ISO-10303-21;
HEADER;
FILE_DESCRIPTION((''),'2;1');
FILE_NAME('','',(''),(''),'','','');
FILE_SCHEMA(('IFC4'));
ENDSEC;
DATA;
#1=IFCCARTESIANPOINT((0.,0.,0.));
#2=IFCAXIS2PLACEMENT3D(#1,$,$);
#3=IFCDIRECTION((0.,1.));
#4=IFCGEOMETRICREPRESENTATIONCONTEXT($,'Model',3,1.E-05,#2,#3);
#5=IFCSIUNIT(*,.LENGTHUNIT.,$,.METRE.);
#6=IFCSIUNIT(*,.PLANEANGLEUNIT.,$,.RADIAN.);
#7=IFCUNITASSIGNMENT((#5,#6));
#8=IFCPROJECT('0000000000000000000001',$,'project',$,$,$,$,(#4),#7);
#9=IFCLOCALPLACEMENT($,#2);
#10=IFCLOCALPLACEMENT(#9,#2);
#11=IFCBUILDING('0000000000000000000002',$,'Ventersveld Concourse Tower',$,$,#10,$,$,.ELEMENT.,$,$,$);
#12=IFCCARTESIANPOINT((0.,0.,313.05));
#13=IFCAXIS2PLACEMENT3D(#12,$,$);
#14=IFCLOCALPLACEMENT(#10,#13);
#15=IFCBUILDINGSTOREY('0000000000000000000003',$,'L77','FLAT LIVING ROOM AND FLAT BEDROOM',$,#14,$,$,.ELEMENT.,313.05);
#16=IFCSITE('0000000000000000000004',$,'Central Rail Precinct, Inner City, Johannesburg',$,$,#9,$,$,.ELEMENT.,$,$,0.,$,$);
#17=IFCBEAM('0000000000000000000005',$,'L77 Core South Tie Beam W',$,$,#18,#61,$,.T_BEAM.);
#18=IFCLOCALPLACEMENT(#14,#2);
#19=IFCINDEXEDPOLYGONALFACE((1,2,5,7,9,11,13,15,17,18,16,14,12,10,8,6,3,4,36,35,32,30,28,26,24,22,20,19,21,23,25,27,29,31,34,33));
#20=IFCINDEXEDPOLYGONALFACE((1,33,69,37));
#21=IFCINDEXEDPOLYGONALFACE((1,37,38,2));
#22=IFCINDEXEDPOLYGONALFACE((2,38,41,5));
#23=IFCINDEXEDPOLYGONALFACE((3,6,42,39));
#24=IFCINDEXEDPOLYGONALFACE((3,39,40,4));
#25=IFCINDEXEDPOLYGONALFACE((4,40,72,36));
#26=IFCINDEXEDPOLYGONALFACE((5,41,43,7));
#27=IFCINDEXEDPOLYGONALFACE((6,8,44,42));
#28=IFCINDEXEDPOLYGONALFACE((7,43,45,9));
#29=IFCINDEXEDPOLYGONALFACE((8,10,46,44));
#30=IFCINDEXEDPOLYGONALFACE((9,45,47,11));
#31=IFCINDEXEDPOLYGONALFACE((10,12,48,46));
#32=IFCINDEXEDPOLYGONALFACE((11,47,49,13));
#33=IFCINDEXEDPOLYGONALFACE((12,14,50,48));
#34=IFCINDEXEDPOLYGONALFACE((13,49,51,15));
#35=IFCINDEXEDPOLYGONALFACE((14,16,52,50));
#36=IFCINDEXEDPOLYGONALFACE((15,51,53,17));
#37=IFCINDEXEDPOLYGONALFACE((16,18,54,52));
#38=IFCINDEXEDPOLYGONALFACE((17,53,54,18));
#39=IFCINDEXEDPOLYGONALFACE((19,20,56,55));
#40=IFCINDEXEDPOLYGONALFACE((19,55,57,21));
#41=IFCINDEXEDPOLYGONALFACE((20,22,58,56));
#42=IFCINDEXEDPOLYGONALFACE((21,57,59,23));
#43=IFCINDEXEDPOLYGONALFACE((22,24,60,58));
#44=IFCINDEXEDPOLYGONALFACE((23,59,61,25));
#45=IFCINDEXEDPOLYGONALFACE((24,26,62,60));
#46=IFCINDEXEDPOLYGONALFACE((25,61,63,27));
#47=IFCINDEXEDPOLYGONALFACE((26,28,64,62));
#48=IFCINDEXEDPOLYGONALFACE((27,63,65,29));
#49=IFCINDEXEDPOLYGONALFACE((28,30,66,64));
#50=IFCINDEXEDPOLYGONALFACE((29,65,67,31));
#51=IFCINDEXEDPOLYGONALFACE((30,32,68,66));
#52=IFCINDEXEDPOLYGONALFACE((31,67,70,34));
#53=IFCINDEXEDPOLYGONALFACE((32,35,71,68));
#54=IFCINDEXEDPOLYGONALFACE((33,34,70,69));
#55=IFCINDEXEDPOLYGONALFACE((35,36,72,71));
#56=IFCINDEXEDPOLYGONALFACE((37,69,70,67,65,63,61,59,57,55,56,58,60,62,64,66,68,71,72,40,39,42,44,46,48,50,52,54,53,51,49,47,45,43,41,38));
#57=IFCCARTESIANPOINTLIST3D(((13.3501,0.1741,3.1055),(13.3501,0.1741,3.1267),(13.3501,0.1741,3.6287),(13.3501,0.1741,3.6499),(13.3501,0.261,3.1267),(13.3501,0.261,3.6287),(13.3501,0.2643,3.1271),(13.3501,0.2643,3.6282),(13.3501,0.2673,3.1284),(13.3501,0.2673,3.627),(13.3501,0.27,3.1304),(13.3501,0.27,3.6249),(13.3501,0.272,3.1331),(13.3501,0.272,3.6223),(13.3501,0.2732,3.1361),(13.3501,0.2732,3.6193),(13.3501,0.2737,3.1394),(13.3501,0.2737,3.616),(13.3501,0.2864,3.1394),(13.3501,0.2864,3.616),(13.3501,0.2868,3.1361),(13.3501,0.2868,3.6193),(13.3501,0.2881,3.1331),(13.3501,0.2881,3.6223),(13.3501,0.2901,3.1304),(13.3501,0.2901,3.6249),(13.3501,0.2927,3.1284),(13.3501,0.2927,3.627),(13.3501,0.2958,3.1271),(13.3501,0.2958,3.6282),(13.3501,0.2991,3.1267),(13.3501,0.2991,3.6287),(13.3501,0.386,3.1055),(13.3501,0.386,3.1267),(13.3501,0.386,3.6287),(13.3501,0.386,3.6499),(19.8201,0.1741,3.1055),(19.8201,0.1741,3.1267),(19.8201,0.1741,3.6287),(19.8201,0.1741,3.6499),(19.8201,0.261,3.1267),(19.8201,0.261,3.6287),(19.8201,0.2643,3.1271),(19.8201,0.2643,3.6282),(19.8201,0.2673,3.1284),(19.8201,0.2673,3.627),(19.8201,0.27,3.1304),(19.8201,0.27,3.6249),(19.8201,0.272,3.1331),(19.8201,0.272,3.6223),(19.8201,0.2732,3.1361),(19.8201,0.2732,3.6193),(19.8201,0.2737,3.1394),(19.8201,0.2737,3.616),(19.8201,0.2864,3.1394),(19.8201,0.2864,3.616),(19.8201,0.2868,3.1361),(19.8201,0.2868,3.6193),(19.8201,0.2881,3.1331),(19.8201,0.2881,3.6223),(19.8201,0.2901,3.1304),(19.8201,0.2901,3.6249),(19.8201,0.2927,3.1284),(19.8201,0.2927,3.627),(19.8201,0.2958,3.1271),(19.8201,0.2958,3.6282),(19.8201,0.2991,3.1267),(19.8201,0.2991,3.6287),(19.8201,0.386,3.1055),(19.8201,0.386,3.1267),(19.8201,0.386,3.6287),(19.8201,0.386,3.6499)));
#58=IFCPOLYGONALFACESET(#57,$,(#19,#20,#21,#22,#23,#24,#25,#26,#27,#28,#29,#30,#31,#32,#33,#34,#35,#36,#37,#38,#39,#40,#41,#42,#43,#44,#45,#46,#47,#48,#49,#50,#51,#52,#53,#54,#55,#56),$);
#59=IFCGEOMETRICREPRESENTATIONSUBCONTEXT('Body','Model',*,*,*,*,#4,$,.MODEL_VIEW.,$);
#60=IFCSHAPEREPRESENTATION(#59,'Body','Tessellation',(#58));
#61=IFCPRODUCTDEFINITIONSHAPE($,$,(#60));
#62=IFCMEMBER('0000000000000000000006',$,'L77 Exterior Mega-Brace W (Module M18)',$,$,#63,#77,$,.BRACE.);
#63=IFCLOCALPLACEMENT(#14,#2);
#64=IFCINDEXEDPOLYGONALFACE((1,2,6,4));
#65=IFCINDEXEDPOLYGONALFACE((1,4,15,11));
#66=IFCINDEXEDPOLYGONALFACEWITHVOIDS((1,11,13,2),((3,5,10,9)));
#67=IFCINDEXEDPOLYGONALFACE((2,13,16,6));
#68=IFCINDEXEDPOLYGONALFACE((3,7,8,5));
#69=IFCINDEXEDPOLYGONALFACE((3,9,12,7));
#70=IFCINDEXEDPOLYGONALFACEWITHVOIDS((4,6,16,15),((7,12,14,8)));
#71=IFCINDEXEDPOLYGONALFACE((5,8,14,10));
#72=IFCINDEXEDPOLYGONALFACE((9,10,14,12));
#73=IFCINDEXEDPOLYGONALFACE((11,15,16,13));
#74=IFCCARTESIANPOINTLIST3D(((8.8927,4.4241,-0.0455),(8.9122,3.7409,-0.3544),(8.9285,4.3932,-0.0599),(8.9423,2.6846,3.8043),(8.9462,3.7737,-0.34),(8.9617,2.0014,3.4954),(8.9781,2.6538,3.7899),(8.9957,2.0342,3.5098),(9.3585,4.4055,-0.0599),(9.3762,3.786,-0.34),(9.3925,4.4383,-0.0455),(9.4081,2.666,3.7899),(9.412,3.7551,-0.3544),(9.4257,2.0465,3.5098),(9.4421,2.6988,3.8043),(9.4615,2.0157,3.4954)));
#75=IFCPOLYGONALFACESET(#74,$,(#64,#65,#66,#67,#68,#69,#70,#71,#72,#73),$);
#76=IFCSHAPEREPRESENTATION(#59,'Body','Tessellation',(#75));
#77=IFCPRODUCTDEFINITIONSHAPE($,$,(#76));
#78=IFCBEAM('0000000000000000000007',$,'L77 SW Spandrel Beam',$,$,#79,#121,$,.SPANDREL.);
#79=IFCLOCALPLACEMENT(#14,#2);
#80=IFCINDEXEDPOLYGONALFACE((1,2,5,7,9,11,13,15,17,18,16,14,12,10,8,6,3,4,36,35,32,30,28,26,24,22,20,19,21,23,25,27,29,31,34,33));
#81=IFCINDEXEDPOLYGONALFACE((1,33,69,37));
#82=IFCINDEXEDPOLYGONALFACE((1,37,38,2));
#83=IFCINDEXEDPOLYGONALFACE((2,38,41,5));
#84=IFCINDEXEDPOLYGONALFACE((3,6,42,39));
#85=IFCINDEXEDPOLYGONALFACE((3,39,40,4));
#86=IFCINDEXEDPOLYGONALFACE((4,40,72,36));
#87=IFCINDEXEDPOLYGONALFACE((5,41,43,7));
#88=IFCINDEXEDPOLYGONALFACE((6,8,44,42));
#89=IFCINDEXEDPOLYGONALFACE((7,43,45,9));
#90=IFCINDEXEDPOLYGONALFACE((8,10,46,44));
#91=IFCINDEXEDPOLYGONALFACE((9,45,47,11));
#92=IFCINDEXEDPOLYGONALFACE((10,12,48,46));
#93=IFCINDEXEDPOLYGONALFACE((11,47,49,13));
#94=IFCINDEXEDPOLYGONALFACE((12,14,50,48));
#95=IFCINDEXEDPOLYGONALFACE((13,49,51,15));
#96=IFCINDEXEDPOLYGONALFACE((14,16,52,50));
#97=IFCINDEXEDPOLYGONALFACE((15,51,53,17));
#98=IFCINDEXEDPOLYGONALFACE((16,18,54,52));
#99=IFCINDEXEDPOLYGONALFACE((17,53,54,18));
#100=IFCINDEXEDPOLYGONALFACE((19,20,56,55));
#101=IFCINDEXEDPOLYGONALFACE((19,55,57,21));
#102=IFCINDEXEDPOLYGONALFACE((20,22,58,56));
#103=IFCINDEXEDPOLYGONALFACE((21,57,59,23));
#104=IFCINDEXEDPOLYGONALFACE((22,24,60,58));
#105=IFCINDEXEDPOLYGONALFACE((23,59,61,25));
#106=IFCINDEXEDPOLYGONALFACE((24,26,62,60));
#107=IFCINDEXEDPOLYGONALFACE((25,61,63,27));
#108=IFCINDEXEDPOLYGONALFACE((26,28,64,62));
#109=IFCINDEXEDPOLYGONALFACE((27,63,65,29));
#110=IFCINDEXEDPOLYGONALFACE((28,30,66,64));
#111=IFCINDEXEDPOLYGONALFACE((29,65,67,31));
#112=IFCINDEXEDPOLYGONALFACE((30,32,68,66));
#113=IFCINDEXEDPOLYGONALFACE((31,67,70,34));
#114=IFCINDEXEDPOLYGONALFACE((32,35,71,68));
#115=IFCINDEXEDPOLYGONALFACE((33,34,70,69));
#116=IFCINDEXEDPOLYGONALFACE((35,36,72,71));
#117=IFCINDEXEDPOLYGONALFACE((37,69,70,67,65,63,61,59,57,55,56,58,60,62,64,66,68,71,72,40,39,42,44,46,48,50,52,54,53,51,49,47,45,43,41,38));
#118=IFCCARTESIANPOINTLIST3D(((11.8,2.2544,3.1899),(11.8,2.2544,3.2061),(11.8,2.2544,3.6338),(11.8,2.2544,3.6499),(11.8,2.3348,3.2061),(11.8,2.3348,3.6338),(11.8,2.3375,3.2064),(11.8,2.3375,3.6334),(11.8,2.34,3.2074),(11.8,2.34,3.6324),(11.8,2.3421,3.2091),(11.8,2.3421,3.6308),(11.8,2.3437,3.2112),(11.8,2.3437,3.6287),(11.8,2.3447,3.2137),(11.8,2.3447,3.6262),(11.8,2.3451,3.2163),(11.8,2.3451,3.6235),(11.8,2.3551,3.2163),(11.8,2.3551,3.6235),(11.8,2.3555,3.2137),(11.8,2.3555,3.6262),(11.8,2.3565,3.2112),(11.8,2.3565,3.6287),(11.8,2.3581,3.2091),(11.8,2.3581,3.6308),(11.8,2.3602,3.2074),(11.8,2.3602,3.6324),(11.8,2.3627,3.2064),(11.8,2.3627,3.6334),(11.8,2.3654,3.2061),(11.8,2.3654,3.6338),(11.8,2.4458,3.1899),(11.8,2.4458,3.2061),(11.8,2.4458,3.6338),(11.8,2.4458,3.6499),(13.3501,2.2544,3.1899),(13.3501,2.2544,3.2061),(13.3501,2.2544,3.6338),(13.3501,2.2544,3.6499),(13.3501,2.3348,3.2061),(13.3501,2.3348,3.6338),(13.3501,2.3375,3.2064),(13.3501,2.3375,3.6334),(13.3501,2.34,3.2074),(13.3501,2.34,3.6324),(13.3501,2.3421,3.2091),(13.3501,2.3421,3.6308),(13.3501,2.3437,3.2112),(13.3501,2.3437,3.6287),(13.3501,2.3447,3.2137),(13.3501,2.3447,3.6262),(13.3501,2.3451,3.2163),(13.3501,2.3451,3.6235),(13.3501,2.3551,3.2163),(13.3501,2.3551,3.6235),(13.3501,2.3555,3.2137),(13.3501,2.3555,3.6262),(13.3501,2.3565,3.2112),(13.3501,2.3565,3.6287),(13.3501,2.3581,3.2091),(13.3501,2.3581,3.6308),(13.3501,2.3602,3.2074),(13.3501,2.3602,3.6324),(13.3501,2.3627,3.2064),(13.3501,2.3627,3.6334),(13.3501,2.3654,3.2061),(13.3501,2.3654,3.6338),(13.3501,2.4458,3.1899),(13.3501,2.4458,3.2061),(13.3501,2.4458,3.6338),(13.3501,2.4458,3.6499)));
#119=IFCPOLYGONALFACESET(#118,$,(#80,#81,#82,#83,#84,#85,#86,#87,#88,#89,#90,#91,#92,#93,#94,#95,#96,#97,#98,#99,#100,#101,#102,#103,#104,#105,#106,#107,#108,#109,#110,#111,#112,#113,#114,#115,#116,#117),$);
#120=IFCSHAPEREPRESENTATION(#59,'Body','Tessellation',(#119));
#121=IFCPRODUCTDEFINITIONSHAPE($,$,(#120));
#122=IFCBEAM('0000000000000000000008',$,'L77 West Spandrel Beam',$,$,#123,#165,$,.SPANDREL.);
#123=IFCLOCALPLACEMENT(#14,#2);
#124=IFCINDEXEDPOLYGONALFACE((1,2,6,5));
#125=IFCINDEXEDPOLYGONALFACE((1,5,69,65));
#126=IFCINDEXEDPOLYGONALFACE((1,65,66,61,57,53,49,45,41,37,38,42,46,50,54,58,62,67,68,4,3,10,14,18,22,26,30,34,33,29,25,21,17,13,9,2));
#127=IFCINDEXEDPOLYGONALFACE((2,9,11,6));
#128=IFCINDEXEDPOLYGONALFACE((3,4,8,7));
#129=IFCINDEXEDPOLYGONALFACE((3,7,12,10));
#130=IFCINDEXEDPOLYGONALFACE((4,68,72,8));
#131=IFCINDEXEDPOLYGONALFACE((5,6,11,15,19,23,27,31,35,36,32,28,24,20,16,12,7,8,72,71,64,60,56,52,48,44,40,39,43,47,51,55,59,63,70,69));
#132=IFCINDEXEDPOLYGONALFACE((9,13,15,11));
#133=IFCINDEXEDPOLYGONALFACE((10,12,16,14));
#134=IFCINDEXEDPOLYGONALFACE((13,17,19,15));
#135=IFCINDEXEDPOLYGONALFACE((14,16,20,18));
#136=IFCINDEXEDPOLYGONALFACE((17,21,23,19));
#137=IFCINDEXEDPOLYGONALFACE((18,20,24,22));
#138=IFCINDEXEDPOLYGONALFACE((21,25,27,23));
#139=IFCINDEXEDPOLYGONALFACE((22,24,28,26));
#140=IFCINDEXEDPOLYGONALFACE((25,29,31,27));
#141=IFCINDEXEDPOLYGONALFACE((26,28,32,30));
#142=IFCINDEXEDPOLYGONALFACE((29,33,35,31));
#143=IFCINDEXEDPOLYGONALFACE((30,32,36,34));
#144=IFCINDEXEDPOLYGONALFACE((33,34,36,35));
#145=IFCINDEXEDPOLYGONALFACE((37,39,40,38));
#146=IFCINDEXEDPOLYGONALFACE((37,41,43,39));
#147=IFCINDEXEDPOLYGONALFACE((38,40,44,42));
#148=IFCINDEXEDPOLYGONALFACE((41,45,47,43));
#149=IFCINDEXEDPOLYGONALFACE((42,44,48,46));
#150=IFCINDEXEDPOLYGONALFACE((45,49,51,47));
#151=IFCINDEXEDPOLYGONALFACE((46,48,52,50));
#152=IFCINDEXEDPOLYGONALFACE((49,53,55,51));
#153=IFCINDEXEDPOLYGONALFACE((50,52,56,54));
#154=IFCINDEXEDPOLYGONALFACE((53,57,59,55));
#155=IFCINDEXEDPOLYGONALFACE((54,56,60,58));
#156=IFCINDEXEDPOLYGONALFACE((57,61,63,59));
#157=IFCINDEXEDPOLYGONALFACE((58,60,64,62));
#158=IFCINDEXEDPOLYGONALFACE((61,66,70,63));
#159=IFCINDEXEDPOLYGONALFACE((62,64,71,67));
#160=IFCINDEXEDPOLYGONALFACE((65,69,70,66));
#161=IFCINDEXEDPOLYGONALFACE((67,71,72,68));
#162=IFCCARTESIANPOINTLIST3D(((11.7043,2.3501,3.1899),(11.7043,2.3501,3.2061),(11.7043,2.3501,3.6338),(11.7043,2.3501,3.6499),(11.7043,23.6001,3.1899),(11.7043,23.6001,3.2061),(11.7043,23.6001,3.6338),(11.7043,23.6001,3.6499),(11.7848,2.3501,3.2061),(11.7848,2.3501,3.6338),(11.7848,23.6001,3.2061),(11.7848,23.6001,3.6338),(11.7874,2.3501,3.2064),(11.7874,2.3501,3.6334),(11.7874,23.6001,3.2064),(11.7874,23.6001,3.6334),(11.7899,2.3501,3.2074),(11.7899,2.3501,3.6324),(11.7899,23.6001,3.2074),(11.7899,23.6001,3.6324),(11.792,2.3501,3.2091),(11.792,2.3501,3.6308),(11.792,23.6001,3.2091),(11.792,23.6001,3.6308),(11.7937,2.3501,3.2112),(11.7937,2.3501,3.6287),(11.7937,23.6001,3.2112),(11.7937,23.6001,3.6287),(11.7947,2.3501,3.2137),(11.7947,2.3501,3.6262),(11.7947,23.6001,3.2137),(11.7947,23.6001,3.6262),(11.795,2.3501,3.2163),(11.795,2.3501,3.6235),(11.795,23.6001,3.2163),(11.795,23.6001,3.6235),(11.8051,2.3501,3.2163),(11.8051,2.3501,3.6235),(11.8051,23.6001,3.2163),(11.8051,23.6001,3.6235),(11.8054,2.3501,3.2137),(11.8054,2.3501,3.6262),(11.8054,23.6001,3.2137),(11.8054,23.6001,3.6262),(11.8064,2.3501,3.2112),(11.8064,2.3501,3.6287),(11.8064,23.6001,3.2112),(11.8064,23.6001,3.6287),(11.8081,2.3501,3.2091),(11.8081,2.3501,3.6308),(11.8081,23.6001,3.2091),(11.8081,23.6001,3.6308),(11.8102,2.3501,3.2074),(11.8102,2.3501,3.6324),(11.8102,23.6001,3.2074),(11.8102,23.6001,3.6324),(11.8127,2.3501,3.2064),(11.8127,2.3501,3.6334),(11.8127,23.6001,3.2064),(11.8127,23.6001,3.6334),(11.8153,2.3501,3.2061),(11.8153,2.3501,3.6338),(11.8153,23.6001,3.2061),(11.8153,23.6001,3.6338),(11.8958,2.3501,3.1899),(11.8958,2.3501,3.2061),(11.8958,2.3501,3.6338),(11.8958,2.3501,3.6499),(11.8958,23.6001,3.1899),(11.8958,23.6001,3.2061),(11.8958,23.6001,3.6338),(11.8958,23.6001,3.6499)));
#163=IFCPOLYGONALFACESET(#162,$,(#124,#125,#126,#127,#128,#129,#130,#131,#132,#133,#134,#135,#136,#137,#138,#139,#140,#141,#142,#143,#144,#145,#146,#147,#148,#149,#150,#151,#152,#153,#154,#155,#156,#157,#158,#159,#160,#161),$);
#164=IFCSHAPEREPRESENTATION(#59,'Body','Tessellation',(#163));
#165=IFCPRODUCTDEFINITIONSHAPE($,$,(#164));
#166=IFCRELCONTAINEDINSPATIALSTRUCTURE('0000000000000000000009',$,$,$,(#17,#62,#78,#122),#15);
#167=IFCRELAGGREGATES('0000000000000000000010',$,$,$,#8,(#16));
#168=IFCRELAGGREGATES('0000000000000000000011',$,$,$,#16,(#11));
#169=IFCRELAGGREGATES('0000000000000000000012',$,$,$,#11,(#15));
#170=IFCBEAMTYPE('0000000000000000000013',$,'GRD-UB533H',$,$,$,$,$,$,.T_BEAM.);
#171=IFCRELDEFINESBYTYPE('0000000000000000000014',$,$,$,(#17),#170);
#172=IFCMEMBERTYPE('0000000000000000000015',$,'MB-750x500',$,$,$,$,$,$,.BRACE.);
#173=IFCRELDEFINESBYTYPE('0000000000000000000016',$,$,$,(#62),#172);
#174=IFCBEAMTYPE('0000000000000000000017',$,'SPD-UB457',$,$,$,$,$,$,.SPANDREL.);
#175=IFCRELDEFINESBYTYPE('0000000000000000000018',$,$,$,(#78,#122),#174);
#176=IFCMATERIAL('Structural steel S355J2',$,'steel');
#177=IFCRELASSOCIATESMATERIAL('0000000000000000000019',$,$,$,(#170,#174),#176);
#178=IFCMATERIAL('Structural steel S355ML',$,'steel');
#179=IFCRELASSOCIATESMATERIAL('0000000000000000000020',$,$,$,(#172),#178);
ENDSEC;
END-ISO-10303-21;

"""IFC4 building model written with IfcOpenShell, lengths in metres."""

from ifc_helpers import new_model, si_unit, direction, frame, origin, origin_2d, place, context, subcontext, project, spatial, hollow_rectangle, i_section, extrude, material, material_profile, profile_set, type_object, element, save


model = new_model("IFC4")

# Units and contexts
model_context = context("Model", 3, precision=1e-05, world=origin(), true_north=direction((0.0, 1.0)))
body_context = subcontext(model_context, "Body", "Model", "MODEL_VIEW")
ifc_project = project(units=[si_unit("LENGTHUNIT", "METRE"), si_unit("PLANEANGLEUNIT", "RADIAN")], contexts=[model_context])

# Site, building, storey
site_placement = place(None, origin())
site = spatial("IfcSite", under=ifc_project, at=site_placement, Name="Central Rail Precinct, Inner City, Johannesburg", CompositionType="ELEMENT", RefElevation=0.0)
building_placement = place(site_placement, origin())
building = spatial("IfcBuilding", under=site, at=building_placement, Name="Ventersveld Concourse Tower", CompositionType="ELEMENT")
storey_placement = place(building_placement, frame((0.0, 0.0, 313.05)))
storey = spatial("IfcBuildingStorey", under=building, at=storey_placement, Name="L77", Description="FLAT LIVING ROOM AND FLAT BEDROOM", CompositionType="ELEMENT", Elevation=313.05)

# Beam
ifc_material_1 = material(Name="Structural steel S355J2", Category="steel")
ifc_material_profile_1 = material_profile(ifc_material_1, i_section(OverallWidth=0.2119, OverallDepth=0.5444, WebThickness=0.0127, FlangeThickness=0.0212, FilletRadius=0.0127, at=origin_2d()), Name="UB 533x210x122")
ifc_profile_set_1 = profile_set([ifc_material_profile_1], Name="Structural steel S355J2")
beam_type_1 = type_object("IfcBeamType", Name="GRD-UB533H", PredefinedType="T_BEAM", material=ifc_profile_set_1)
beam_1_placement = place(storey_placement, frame((13.3501, 0.28, 3.3777), z_axis=(1.0, 0.0, 0.0), x_axis=(0.0, 1.0, 0.0)))
element("IfcBeam", 1, at=beam_1_placement, inside=storey, type_object=beam_type_1, Name="L77 Core South Tie Beam W", PredefinedType="T_BEAM", context=body_context, shape_type="SweptSolid", body=[
    extrude(i_section(OverallWidth=0.2119, OverallDepth=0.5444, WebThickness=0.0127, FlangeThickness=0.0212, FilletRadius=0.0127, at=origin_2d()), origin(), (0.0, 0.0, 1.0), 6.47),
])

# Member
ifc_material_2 = material(Name="Structural steel S355ML", Category="steel")
ifc_material_profile_2 = material_profile(ifc_material_2, hollow_rectangle(XDim=0.5, YDim=0.75, WallThickness=0.0349, at=origin_2d()), Name="BOX 750x500x35")
ifc_profile_set_2 = profile_set([ifc_material_profile_2], Name="Structural steel S355ML")
member_type = type_object("IfcMemberType", Name="MB-750x500", PredefinedType="BRACE", material=ifc_profile_set_2)
member_placement = place(storey_placement, frame((9.1523, 4.0896, -0.2), z_axis=(0.011731, -0.411727, 0.911232), x_axis=(0.999594, 0.02848, 0.0)))
element("IfcMember", 2, at=member_placement, inside=storey, type_object=member_type, Name="L77 Exterior Mega-Brace W (Module M18)", PredefinedType="BRACE", context=body_context, shape_type="SweptSolid", body=[
    extrude(hollow_rectangle(XDim=0.5, YDim=0.75, WallThickness=0.0349, at=origin_2d()), origin(), (0.0, 0.0, 1.0), 4.2249),
])

# Beams
ifc_material_profile_3 = material_profile(ifc_material_1, i_section(OverallWidth=0.1914, OverallDepth=0.46, WebThickness=0.01, FlangeThickness=0.0161, FilletRadius=0.0103, at=origin_2d()), Name="UB 457x191x82")
ifc_profile_set_3 = profile_set([ifc_material_profile_3], Name="Structural steel S355J2")
beam_type_2 = type_object("IfcBeamType", Name="SPD-UB457", PredefinedType="SPANDREL", material=ifc_profile_set_3)
beam_2_placement = place(storey_placement, frame((11.8, 2.3501, 3.4199), z_axis=(1.0, 0.0, 0.0), x_axis=(0.0, 1.0, 0.0)))
element("IfcBeam", 3, at=beam_2_placement, inside=storey, type_object=beam_type_2, Name="L77 SW Spandrel Beam", PredefinedType="SPANDREL", context=body_context, shape_type="SweptSolid", body=[
    extrude(i_section(OverallWidth=0.1914, OverallDepth=0.46, WebThickness=0.01, FlangeThickness=0.0161, FilletRadius=0.0103, at=origin_2d()), origin(), (0.0, 0.0, 1.0), 1.55),
])
beam_3_placement = place(storey_placement, frame((11.8, 2.3501, 3.4199), z_axis=(0.0, 1.0, 0.0), x_axis=(-1.0, 0.0, 0.0)))
element("IfcBeam", 4, at=beam_3_placement, inside=storey, type_object=beam_type_2, Name="L77 West Spandrel Beam", PredefinedType="SPANDREL", context=body_context, shape_type="SweptSolid", body=[
    extrude(i_section(OverallWidth=0.1914, OverallDepth=0.46, WebThickness=0.01, FlangeThickness=0.0161, FilletRadius=0.0103, at=origin_2d()), origin(), (0.0, 0.0, 1.0), 21.25),
])

save(model, "model.ifc")
